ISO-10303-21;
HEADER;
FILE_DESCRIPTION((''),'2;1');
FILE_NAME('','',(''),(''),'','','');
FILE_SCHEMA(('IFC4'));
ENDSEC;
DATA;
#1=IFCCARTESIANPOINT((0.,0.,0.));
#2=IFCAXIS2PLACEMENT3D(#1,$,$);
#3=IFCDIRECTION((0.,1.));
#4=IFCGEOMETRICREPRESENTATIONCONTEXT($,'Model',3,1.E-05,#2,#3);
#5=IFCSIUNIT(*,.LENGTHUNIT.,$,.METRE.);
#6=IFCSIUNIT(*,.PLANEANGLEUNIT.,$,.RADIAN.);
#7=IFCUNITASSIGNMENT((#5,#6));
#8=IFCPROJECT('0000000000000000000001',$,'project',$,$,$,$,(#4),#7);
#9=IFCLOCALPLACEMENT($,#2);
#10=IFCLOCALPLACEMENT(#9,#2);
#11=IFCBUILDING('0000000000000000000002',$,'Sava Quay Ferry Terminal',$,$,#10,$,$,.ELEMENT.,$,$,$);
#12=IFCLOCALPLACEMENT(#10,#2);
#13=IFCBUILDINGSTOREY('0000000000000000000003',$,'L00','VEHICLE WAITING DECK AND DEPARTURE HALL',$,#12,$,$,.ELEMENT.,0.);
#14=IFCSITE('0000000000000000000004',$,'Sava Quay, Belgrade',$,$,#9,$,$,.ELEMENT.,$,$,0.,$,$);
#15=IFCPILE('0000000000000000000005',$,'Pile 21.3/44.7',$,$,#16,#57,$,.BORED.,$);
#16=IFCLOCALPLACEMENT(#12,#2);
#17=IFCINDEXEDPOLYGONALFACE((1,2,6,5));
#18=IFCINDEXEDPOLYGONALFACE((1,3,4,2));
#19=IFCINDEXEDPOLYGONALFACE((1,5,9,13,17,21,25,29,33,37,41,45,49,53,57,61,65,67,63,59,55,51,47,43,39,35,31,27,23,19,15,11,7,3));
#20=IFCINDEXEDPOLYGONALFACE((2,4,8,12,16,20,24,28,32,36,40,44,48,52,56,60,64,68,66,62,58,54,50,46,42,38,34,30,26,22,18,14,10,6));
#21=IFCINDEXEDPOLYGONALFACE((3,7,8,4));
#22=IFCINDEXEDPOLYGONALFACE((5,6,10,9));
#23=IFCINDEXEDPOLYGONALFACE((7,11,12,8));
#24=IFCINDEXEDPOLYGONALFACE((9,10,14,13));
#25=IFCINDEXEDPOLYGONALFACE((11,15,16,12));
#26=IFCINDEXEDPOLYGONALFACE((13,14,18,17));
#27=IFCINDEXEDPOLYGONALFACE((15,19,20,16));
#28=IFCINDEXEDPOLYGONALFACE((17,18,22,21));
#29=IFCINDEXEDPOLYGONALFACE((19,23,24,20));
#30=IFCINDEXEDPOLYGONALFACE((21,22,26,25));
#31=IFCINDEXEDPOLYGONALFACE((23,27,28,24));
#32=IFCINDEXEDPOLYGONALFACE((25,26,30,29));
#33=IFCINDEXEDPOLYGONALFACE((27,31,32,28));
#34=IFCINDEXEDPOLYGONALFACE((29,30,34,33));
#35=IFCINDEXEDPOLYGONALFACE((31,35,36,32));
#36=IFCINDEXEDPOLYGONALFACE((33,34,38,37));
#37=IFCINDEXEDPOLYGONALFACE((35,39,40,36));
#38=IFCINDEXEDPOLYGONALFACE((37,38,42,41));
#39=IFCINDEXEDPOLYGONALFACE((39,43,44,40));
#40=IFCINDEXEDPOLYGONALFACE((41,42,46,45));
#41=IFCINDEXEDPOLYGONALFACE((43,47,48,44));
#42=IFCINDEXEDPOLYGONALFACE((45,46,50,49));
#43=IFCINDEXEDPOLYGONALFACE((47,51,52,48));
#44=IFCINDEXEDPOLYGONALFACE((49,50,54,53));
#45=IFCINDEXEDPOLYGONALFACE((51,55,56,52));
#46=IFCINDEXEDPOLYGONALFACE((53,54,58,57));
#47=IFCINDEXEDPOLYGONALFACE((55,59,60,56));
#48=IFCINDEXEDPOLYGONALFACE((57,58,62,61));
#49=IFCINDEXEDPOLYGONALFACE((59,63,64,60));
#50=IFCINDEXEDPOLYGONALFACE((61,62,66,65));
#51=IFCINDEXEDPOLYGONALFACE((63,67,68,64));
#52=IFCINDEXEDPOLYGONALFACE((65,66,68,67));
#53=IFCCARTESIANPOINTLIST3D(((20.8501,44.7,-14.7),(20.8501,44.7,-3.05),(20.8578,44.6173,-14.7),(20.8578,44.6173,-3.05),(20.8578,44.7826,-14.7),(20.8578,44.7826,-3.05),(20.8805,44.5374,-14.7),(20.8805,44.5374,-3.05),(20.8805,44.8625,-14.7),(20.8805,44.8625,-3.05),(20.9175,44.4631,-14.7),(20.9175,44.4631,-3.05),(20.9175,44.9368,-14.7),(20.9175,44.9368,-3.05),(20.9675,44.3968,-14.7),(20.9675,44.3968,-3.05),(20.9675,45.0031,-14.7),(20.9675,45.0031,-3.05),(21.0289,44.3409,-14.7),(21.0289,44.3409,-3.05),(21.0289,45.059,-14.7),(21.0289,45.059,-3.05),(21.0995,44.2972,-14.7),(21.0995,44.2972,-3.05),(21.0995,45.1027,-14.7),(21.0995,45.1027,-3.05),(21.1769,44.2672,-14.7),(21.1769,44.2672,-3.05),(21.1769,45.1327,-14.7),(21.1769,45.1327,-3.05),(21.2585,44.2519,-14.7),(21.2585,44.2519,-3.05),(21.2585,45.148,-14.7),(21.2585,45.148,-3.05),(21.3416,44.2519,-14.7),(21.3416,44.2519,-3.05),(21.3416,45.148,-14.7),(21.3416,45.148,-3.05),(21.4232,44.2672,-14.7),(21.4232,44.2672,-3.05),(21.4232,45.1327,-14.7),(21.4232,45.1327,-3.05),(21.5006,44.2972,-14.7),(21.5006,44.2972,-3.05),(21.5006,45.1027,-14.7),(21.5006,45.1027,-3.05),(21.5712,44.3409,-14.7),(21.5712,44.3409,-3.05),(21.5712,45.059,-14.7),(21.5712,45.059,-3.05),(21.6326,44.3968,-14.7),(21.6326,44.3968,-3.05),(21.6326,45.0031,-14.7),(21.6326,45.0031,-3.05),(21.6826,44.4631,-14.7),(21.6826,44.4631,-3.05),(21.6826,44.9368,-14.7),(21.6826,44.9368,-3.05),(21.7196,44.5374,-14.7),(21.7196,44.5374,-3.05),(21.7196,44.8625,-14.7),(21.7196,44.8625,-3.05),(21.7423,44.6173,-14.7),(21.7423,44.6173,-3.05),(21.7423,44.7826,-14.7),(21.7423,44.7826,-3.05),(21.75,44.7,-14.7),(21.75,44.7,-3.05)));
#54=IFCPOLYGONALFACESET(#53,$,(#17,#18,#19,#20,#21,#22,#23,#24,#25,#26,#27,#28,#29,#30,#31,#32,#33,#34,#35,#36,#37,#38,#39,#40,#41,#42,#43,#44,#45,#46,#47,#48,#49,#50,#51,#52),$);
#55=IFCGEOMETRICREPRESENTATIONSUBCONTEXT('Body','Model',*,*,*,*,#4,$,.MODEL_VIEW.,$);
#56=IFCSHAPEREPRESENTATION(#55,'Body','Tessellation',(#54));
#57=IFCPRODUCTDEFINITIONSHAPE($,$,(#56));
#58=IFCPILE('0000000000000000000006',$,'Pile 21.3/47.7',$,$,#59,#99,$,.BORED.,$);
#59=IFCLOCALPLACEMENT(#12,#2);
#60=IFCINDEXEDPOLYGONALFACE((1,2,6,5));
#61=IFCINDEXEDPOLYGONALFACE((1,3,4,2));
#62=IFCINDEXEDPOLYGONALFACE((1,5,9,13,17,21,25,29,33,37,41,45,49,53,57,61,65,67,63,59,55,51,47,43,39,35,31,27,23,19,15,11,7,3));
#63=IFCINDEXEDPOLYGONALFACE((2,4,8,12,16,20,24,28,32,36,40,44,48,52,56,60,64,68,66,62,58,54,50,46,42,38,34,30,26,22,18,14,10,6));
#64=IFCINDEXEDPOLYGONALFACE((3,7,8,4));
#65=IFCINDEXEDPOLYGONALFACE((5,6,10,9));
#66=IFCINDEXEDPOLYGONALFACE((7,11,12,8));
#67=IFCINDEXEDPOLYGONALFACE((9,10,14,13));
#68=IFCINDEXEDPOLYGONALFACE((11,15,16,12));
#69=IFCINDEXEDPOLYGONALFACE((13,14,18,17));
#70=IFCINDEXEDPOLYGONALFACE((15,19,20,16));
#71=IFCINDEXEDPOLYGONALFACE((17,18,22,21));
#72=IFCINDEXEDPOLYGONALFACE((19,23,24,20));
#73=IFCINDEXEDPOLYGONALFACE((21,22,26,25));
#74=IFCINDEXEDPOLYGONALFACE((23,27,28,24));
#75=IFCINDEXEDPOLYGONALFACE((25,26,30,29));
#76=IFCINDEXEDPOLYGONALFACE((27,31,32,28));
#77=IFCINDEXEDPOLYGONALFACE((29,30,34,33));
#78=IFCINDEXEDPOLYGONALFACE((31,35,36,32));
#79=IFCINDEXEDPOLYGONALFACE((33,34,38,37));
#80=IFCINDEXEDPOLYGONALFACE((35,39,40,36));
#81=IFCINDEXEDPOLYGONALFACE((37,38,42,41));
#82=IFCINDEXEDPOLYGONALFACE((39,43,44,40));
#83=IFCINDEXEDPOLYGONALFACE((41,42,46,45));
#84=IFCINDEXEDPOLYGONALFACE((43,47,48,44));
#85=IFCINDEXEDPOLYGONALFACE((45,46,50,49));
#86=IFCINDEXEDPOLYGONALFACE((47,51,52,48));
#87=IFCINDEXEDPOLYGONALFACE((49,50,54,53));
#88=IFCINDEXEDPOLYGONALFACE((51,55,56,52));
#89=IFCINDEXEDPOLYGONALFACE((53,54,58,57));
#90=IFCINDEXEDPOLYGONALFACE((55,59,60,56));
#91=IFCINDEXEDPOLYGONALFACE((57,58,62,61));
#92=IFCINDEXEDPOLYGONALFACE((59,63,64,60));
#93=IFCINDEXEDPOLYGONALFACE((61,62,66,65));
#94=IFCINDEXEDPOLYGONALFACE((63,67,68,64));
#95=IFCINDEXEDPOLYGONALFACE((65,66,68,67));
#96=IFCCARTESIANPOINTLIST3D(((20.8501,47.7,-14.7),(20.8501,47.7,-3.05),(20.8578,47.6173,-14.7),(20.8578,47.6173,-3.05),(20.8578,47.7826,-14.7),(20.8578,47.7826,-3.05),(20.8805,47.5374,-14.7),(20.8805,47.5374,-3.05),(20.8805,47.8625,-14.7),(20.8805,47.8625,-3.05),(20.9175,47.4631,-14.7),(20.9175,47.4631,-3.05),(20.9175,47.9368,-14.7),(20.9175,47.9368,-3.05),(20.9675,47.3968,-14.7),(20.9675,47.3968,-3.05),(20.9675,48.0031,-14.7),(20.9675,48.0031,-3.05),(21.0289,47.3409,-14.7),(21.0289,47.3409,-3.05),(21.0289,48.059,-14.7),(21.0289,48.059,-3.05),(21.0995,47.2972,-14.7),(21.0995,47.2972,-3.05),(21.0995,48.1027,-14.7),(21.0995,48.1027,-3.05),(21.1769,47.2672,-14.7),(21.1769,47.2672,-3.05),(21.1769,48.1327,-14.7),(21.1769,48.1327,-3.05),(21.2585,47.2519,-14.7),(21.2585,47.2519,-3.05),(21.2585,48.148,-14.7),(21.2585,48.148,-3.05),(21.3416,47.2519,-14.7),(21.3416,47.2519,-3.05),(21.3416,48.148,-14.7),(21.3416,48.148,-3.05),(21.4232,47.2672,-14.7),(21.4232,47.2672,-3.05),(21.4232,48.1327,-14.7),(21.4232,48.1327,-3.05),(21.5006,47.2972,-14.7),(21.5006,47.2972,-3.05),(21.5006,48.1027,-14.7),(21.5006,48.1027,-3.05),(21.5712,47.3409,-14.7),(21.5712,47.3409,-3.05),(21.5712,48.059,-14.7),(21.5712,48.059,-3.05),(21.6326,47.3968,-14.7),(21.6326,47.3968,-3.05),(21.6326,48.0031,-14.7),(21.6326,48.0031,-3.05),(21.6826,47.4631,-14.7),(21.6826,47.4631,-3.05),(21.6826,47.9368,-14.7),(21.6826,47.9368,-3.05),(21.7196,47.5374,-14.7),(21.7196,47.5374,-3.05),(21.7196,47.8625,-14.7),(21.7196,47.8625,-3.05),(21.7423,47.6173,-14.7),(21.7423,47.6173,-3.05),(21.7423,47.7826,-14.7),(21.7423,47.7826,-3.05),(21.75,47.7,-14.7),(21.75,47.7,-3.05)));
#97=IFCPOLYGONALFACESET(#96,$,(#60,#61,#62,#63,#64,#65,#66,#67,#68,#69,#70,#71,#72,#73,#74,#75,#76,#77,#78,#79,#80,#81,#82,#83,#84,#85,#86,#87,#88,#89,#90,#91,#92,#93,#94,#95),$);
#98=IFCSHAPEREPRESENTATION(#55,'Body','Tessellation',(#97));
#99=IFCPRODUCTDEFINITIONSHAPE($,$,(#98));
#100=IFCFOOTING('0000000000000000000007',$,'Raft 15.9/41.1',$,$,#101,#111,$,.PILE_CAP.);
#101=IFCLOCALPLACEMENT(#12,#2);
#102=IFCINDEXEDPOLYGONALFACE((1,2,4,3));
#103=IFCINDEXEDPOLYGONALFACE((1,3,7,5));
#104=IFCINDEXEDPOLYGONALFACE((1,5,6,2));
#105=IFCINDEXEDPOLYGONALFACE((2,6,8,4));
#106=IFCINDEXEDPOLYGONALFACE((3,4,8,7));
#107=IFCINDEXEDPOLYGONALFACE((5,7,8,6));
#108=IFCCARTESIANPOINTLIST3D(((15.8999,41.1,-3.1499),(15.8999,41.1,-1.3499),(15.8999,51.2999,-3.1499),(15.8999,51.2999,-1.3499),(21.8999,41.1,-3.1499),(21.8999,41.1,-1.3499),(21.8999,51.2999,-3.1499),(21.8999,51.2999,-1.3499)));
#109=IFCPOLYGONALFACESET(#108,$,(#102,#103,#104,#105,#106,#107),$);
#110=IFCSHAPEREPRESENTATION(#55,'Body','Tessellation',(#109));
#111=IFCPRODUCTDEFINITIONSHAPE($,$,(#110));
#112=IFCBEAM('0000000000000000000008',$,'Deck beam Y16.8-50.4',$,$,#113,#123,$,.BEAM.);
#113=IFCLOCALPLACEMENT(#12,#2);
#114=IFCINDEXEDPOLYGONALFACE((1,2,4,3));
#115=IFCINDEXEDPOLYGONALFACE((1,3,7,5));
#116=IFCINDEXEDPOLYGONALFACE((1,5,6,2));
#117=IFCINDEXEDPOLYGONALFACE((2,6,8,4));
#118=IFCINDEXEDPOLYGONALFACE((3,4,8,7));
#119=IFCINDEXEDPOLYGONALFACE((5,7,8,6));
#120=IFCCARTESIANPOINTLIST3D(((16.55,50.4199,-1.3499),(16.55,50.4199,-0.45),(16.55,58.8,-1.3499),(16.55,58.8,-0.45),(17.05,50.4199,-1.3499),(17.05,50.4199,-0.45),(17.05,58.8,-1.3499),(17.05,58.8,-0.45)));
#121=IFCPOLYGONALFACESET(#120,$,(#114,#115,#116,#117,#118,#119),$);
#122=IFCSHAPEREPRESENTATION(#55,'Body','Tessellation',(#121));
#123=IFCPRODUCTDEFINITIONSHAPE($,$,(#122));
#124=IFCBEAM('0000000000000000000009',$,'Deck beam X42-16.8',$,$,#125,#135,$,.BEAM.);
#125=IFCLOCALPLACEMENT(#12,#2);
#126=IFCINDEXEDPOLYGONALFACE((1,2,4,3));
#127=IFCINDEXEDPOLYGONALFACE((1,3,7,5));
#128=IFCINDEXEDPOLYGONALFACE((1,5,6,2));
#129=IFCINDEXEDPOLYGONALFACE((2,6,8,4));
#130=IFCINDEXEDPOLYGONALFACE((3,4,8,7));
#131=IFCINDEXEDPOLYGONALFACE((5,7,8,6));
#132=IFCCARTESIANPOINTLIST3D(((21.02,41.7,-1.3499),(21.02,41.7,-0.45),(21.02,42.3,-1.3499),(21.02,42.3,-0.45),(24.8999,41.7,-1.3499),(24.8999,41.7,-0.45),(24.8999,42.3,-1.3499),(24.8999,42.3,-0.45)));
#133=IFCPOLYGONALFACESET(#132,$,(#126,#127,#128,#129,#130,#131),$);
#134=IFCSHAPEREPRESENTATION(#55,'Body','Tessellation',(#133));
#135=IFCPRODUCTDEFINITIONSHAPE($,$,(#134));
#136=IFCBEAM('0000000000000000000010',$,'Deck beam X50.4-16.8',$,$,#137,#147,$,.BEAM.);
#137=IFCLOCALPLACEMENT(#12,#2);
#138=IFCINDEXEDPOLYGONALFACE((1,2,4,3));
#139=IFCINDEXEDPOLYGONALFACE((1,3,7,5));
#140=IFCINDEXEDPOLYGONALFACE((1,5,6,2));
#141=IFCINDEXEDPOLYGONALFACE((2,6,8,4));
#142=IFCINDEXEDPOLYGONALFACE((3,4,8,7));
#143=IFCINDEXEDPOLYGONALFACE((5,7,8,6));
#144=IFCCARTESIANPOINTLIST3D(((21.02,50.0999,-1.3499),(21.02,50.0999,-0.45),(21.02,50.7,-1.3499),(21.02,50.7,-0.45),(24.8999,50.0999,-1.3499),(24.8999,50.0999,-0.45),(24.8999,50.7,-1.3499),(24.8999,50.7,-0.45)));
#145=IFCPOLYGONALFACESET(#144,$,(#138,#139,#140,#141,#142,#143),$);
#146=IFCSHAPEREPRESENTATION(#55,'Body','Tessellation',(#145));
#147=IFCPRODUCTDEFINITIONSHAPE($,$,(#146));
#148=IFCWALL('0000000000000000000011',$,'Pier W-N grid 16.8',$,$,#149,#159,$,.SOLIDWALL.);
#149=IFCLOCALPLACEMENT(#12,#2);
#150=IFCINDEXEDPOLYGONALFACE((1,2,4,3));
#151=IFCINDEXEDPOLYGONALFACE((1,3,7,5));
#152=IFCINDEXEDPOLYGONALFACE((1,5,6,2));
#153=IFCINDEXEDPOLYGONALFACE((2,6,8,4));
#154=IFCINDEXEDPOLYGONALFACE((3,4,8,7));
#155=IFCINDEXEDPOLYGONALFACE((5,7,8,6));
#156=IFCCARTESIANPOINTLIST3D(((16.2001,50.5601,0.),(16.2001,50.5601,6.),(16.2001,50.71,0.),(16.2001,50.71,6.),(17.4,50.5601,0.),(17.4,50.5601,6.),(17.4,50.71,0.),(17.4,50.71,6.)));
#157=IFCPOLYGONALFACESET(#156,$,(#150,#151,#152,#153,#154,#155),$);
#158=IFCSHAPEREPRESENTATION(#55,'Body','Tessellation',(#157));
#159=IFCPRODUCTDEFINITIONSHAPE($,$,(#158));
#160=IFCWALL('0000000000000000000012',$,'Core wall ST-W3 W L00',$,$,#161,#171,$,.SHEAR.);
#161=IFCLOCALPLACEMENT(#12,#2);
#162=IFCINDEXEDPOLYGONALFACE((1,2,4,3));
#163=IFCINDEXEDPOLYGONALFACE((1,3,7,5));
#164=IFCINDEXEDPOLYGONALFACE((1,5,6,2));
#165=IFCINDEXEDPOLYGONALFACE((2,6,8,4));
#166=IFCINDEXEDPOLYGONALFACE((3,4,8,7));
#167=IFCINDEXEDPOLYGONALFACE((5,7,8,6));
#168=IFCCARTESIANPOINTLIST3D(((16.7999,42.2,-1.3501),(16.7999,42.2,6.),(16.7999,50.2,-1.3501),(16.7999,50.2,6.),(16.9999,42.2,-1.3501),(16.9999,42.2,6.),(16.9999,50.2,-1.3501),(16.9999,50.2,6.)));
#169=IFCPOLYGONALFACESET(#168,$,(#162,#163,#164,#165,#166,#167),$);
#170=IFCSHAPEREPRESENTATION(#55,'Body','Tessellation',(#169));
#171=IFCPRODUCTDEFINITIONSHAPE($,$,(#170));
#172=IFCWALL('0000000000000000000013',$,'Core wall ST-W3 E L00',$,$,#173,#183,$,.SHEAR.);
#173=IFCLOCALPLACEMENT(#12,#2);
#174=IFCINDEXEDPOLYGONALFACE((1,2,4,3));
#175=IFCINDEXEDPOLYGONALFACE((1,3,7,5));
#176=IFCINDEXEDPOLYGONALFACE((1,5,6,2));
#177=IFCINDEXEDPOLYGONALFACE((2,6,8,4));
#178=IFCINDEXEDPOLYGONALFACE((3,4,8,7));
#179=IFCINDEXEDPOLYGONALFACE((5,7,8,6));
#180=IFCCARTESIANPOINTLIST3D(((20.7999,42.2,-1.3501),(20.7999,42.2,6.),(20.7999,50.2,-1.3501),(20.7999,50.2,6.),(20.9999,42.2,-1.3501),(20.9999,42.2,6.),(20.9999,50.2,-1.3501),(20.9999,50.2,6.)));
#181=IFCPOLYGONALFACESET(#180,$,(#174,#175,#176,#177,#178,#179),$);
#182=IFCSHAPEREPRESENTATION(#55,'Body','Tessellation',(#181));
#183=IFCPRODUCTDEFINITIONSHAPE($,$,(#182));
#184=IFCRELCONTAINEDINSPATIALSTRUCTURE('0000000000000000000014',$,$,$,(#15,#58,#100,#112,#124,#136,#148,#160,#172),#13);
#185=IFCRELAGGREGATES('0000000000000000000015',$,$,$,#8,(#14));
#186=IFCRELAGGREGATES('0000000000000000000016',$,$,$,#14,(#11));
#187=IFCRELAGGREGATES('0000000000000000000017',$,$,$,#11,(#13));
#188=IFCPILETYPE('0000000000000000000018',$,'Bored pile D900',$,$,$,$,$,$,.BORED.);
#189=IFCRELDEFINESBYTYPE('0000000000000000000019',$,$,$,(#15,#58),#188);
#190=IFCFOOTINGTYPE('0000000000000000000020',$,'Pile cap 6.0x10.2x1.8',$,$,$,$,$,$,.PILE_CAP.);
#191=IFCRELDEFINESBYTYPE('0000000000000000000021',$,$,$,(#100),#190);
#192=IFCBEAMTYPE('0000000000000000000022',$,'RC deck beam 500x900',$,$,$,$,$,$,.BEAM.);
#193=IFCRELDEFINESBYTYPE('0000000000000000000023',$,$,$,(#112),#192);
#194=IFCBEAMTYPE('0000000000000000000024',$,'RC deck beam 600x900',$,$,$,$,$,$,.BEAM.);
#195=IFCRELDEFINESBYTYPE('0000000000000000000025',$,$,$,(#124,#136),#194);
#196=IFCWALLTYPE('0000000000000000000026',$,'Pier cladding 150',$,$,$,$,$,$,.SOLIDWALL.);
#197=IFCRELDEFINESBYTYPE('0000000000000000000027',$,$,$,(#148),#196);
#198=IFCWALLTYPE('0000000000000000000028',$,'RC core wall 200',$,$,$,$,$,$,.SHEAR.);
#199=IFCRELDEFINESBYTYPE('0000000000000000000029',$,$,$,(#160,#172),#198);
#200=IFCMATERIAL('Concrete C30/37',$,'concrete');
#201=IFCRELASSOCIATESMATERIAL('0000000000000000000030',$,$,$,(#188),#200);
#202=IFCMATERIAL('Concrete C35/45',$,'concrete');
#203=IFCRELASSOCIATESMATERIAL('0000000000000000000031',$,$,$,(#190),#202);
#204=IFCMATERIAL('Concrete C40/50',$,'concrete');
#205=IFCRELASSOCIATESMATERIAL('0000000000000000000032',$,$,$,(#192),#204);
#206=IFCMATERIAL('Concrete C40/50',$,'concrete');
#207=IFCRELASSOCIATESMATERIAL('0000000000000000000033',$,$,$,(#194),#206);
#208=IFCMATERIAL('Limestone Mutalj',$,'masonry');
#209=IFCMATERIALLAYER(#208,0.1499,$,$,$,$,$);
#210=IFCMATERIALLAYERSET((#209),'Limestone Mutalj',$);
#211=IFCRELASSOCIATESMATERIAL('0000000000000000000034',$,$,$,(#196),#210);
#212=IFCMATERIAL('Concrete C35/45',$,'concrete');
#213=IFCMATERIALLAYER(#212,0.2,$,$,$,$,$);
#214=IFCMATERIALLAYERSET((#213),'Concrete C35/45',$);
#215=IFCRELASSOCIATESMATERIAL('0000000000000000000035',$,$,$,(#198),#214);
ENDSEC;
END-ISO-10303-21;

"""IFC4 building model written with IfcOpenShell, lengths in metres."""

from ifc_helpers import new_model, si_unit, direction, frame, frame_2d, origin, origin_2d, place, context, subcontext, project, spatial, rectangle, circle, extrude, material, layer, layer_set, material_profile, profile_set, type_object, element, save


model = new_model("IFC4")

# Units and contexts
model_context = context("Model", 3, precision=1e-05, world=origin(), true_north=direction((0.0, 1.0)))
body_context = subcontext(model_context, "Body", "Model", "MODEL_VIEW")
ifc_project = project(units=[si_unit("LENGTHUNIT", "METRE"), si_unit("PLANEANGLEUNIT", "RADIAN")], contexts=[model_context])

# Site, building, storey
site_placement = place(None, origin())
site = spatial("IfcSite", under=ifc_project, at=site_placement, Name="Sava Quay, Belgrade", CompositionType="ELEMENT", RefElevation=0.0)
building_placement = place(site_placement, origin())
building = spatial("IfcBuilding", under=site, at=building_placement, Name="Sava Quay Ferry Terminal", CompositionType="ELEMENT")
storey_placement = place(building_placement, origin())
storey = spatial("IfcBuildingStorey", under=building, at=storey_placement, Name="L00", Description="VEHICLE WAITING DECK AND DEPARTURE HALL", CompositionType="ELEMENT", Elevation=0.0)

# Piles
ifc_material_1 = material(Name="Concrete C30/37", Category="concrete")
ifc_material_profile_1 = material_profile(ifc_material_1, circle(Radius=0.45, at=origin_2d()), Name="Bored pile D900")
ifc_profile_set_1 = profile_set([ifc_material_profile_1], Name="Concrete C30/37")
pile_type = type_object("IfcPileType", Name="Bored pile D900", PredefinedType="BORED", material=ifc_profile_set_1)
for number, where, z_axis, x_axis, name in (
    (1, (21.3, 44.7, -3.05), (0.0, 0.0, -1.0), (1.0, 0.0, 0.0), "Pile 21.3/44.7"),
    (2, (21.3, 47.7, -3.05), (0.0, 0.0, -1.0), (1.0, 0.0, 0.0), "Pile 21.3/47.7"),
):
    element("IfcPile", number, at=place(storey_placement, frame(where, z_axis=z_axis, x_axis=x_axis)), inside=storey, type_object=pile_type, Name=name, PredefinedType="BORED", context=body_context, shape_type="SweptSolid", body=[
        extrude(circle(Radius=0.45, at=origin_2d()), origin(), (0.0, 0.0, 1.0), 11.6499),
    ])

# Footing
ifc_material_2 = material(Name="Concrete C35/45", Category="concrete")
footing_type = type_object("IfcFootingType", Name="Pile cap 6.0x10.2x1.8", PredefinedType="PILE_CAP", material=ifc_material_2)
footing_placement = place(storey_placement, frame((18.8999, 46.2, -3.1499), z_axis=(0.0, 0.0, 1.0), x_axis=(1.0, 0.0, 0.0)))
element("IfcFooting", 3, at=footing_placement, inside=storey, type_object=footing_type, Name="Raft 15.9/41.1", PredefinedType="PILE_CAP", context=body_context, shape_type="SweptSolid", body=[
    extrude(rectangle(XDim=6.0, YDim=10.2, at=origin_2d()), origin(), (0.0, 0.0, 1.0), 1.8),
])

# Beams
ifc_material_3 = material(Name="Concrete C40/50", Category="concrete")
ifc_material_profile_2 = material_profile(ifc_material_3, rectangle(XDim=0.5, YDim=0.8999, at=origin_2d()), Name="RC 500x900")
ifc_profile_set_2 = profile_set([ifc_material_profile_2], Name="Concrete C40/50")
beam_type_1 = type_object("IfcBeamType", Name="RC deck beam 500x900", PredefinedType="BEAM", material=ifc_profile_set_2)
beam_placement = place(storey_placement, frame((16.8, 50.4199, -0.8999), z_axis=(0.0, 1.0, 0.0), x_axis=(-1.0, 0.0, 0.0)))
element("IfcBeam", 4, at=beam_placement, inside=storey, type_object=beam_type_1, Name="Deck beam Y16.8-50.4", PredefinedType="BEAM", context=body_context, shape_type="SweptSolid", body=[
    extrude(rectangle(XDim=0.5, YDim=0.8999, at=origin_2d()), origin(), (0.0, 0.0, 1.0), 8.3801),
])
ifc_material_4 = material(Name="Concrete C40/50", Category="concrete")
ifc_material_profile_3 = material_profile(ifc_material_4, rectangle(XDim=0.6001, YDim=0.8999, at=origin_2d()), Name="RC 600x900")
ifc_profile_set_3 = profile_set([ifc_material_profile_3], Name="Concrete C40/50")
beam_type_2 = type_object("IfcBeamType", Name="RC deck beam 600x900", PredefinedType="BEAM", material=ifc_profile_set_3)
for number, where, z_axis, x_axis, name in (
    (5, (21.02, 42.0, -0.8999), (1.0, 0.0, 0.0), (0.0, 1.0, 0.0), "Deck beam X42-16.8"),
    (6, (21.02, 50.3999, -0.8999), (1.0, 0.0, 0.0), (0.0, 1.0, 0.0), "Deck beam X50.4-16.8"),
):
    element("IfcBeam", number, at=place(storey_placement, frame(where, z_axis=z_axis, x_axis=x_axis)), inside=storey, type_object=beam_type_2, Name=name, PredefinedType="BEAM", context=body_context, shape_type="SweptSolid", body=[
        extrude(rectangle(XDim=0.6001, YDim=0.8999, at=origin_2d()), origin(), (0.0, 0.0, 1.0), 3.8799),
    ])

# Wall
ifc_material_5 = material(Name="Limestone Mutalj", Category="masonry")
ifc_layer_1 = layer(ifc_material_5, 0.1499)
ifc_layer_set_1 = layer_set([ifc_layer_1], Name="Limestone Mutalj")
wall_type_1 = type_object("IfcWallType", Name="Pier cladding 150", PredefinedType="SOLIDWALL", material=ifc_layer_set_1)
wall_1_placement = place(storey_placement, frame((16.2, 50.635, 0.0), z_axis=(0.0, 0.0, 1.0), x_axis=(1.0, 0.0, 0.0)))
element("IfcWall", 7, at=wall_1_placement, inside=storey, type_object=wall_type_1, Name="Pier W-N grid 16.8", PredefinedType="SOLIDWALL", context=body_context, shape_type="SweptSolid", body=[
    extrude(rectangle(XDim=1.2, YDim=0.1499, at=frame_2d((0.6001, 0.0))), origin(), (0.0, 0.0, 1.0), 6.0),
])

# Shared definitions
ifc_material_6 = material(Name="Concrete C35/45", Category="concrete")
ifc_layer_2 = layer(ifc_material_6, 0.2)
ifc_layer_set_2 = layer_set([ifc_layer_2], Name="Concrete C35/45")
wall_type_2 = type_object("IfcWallType", Name="RC core wall 200", PredefinedType="SHEAR", material=ifc_layer_set_2)

# Walls
for number, where, z_axis, x_axis, name in (
    (8, (16.8999, 42.2, -1.3501), (0.0, 0.0, 1.0), (0.0, 1.0, 0.0), "Core wall ST-W3 W L00"),
    (9, (20.8999, 42.2, -1.3501), (0.0, 0.0, 1.0), (0.0, 1.0, 0.0), "Core wall ST-W3 E L00"),
):
    element("IfcWall", number, at=place(storey_placement, frame(where, z_axis=z_axis, x_axis=x_axis)), inside=storey, type_object=wall_type_2, Name=name, PredefinedType="SHEAR", context=body_context, shape_type="SweptSolid", body=[
        extrude(rectangle(XDim=8.0, YDim=0.2, at=frame_2d((4.0, 0.0))), origin(), (0.0, 0.0, 1.0), 7.3501),
    ])

save(model, "model.ifc")
